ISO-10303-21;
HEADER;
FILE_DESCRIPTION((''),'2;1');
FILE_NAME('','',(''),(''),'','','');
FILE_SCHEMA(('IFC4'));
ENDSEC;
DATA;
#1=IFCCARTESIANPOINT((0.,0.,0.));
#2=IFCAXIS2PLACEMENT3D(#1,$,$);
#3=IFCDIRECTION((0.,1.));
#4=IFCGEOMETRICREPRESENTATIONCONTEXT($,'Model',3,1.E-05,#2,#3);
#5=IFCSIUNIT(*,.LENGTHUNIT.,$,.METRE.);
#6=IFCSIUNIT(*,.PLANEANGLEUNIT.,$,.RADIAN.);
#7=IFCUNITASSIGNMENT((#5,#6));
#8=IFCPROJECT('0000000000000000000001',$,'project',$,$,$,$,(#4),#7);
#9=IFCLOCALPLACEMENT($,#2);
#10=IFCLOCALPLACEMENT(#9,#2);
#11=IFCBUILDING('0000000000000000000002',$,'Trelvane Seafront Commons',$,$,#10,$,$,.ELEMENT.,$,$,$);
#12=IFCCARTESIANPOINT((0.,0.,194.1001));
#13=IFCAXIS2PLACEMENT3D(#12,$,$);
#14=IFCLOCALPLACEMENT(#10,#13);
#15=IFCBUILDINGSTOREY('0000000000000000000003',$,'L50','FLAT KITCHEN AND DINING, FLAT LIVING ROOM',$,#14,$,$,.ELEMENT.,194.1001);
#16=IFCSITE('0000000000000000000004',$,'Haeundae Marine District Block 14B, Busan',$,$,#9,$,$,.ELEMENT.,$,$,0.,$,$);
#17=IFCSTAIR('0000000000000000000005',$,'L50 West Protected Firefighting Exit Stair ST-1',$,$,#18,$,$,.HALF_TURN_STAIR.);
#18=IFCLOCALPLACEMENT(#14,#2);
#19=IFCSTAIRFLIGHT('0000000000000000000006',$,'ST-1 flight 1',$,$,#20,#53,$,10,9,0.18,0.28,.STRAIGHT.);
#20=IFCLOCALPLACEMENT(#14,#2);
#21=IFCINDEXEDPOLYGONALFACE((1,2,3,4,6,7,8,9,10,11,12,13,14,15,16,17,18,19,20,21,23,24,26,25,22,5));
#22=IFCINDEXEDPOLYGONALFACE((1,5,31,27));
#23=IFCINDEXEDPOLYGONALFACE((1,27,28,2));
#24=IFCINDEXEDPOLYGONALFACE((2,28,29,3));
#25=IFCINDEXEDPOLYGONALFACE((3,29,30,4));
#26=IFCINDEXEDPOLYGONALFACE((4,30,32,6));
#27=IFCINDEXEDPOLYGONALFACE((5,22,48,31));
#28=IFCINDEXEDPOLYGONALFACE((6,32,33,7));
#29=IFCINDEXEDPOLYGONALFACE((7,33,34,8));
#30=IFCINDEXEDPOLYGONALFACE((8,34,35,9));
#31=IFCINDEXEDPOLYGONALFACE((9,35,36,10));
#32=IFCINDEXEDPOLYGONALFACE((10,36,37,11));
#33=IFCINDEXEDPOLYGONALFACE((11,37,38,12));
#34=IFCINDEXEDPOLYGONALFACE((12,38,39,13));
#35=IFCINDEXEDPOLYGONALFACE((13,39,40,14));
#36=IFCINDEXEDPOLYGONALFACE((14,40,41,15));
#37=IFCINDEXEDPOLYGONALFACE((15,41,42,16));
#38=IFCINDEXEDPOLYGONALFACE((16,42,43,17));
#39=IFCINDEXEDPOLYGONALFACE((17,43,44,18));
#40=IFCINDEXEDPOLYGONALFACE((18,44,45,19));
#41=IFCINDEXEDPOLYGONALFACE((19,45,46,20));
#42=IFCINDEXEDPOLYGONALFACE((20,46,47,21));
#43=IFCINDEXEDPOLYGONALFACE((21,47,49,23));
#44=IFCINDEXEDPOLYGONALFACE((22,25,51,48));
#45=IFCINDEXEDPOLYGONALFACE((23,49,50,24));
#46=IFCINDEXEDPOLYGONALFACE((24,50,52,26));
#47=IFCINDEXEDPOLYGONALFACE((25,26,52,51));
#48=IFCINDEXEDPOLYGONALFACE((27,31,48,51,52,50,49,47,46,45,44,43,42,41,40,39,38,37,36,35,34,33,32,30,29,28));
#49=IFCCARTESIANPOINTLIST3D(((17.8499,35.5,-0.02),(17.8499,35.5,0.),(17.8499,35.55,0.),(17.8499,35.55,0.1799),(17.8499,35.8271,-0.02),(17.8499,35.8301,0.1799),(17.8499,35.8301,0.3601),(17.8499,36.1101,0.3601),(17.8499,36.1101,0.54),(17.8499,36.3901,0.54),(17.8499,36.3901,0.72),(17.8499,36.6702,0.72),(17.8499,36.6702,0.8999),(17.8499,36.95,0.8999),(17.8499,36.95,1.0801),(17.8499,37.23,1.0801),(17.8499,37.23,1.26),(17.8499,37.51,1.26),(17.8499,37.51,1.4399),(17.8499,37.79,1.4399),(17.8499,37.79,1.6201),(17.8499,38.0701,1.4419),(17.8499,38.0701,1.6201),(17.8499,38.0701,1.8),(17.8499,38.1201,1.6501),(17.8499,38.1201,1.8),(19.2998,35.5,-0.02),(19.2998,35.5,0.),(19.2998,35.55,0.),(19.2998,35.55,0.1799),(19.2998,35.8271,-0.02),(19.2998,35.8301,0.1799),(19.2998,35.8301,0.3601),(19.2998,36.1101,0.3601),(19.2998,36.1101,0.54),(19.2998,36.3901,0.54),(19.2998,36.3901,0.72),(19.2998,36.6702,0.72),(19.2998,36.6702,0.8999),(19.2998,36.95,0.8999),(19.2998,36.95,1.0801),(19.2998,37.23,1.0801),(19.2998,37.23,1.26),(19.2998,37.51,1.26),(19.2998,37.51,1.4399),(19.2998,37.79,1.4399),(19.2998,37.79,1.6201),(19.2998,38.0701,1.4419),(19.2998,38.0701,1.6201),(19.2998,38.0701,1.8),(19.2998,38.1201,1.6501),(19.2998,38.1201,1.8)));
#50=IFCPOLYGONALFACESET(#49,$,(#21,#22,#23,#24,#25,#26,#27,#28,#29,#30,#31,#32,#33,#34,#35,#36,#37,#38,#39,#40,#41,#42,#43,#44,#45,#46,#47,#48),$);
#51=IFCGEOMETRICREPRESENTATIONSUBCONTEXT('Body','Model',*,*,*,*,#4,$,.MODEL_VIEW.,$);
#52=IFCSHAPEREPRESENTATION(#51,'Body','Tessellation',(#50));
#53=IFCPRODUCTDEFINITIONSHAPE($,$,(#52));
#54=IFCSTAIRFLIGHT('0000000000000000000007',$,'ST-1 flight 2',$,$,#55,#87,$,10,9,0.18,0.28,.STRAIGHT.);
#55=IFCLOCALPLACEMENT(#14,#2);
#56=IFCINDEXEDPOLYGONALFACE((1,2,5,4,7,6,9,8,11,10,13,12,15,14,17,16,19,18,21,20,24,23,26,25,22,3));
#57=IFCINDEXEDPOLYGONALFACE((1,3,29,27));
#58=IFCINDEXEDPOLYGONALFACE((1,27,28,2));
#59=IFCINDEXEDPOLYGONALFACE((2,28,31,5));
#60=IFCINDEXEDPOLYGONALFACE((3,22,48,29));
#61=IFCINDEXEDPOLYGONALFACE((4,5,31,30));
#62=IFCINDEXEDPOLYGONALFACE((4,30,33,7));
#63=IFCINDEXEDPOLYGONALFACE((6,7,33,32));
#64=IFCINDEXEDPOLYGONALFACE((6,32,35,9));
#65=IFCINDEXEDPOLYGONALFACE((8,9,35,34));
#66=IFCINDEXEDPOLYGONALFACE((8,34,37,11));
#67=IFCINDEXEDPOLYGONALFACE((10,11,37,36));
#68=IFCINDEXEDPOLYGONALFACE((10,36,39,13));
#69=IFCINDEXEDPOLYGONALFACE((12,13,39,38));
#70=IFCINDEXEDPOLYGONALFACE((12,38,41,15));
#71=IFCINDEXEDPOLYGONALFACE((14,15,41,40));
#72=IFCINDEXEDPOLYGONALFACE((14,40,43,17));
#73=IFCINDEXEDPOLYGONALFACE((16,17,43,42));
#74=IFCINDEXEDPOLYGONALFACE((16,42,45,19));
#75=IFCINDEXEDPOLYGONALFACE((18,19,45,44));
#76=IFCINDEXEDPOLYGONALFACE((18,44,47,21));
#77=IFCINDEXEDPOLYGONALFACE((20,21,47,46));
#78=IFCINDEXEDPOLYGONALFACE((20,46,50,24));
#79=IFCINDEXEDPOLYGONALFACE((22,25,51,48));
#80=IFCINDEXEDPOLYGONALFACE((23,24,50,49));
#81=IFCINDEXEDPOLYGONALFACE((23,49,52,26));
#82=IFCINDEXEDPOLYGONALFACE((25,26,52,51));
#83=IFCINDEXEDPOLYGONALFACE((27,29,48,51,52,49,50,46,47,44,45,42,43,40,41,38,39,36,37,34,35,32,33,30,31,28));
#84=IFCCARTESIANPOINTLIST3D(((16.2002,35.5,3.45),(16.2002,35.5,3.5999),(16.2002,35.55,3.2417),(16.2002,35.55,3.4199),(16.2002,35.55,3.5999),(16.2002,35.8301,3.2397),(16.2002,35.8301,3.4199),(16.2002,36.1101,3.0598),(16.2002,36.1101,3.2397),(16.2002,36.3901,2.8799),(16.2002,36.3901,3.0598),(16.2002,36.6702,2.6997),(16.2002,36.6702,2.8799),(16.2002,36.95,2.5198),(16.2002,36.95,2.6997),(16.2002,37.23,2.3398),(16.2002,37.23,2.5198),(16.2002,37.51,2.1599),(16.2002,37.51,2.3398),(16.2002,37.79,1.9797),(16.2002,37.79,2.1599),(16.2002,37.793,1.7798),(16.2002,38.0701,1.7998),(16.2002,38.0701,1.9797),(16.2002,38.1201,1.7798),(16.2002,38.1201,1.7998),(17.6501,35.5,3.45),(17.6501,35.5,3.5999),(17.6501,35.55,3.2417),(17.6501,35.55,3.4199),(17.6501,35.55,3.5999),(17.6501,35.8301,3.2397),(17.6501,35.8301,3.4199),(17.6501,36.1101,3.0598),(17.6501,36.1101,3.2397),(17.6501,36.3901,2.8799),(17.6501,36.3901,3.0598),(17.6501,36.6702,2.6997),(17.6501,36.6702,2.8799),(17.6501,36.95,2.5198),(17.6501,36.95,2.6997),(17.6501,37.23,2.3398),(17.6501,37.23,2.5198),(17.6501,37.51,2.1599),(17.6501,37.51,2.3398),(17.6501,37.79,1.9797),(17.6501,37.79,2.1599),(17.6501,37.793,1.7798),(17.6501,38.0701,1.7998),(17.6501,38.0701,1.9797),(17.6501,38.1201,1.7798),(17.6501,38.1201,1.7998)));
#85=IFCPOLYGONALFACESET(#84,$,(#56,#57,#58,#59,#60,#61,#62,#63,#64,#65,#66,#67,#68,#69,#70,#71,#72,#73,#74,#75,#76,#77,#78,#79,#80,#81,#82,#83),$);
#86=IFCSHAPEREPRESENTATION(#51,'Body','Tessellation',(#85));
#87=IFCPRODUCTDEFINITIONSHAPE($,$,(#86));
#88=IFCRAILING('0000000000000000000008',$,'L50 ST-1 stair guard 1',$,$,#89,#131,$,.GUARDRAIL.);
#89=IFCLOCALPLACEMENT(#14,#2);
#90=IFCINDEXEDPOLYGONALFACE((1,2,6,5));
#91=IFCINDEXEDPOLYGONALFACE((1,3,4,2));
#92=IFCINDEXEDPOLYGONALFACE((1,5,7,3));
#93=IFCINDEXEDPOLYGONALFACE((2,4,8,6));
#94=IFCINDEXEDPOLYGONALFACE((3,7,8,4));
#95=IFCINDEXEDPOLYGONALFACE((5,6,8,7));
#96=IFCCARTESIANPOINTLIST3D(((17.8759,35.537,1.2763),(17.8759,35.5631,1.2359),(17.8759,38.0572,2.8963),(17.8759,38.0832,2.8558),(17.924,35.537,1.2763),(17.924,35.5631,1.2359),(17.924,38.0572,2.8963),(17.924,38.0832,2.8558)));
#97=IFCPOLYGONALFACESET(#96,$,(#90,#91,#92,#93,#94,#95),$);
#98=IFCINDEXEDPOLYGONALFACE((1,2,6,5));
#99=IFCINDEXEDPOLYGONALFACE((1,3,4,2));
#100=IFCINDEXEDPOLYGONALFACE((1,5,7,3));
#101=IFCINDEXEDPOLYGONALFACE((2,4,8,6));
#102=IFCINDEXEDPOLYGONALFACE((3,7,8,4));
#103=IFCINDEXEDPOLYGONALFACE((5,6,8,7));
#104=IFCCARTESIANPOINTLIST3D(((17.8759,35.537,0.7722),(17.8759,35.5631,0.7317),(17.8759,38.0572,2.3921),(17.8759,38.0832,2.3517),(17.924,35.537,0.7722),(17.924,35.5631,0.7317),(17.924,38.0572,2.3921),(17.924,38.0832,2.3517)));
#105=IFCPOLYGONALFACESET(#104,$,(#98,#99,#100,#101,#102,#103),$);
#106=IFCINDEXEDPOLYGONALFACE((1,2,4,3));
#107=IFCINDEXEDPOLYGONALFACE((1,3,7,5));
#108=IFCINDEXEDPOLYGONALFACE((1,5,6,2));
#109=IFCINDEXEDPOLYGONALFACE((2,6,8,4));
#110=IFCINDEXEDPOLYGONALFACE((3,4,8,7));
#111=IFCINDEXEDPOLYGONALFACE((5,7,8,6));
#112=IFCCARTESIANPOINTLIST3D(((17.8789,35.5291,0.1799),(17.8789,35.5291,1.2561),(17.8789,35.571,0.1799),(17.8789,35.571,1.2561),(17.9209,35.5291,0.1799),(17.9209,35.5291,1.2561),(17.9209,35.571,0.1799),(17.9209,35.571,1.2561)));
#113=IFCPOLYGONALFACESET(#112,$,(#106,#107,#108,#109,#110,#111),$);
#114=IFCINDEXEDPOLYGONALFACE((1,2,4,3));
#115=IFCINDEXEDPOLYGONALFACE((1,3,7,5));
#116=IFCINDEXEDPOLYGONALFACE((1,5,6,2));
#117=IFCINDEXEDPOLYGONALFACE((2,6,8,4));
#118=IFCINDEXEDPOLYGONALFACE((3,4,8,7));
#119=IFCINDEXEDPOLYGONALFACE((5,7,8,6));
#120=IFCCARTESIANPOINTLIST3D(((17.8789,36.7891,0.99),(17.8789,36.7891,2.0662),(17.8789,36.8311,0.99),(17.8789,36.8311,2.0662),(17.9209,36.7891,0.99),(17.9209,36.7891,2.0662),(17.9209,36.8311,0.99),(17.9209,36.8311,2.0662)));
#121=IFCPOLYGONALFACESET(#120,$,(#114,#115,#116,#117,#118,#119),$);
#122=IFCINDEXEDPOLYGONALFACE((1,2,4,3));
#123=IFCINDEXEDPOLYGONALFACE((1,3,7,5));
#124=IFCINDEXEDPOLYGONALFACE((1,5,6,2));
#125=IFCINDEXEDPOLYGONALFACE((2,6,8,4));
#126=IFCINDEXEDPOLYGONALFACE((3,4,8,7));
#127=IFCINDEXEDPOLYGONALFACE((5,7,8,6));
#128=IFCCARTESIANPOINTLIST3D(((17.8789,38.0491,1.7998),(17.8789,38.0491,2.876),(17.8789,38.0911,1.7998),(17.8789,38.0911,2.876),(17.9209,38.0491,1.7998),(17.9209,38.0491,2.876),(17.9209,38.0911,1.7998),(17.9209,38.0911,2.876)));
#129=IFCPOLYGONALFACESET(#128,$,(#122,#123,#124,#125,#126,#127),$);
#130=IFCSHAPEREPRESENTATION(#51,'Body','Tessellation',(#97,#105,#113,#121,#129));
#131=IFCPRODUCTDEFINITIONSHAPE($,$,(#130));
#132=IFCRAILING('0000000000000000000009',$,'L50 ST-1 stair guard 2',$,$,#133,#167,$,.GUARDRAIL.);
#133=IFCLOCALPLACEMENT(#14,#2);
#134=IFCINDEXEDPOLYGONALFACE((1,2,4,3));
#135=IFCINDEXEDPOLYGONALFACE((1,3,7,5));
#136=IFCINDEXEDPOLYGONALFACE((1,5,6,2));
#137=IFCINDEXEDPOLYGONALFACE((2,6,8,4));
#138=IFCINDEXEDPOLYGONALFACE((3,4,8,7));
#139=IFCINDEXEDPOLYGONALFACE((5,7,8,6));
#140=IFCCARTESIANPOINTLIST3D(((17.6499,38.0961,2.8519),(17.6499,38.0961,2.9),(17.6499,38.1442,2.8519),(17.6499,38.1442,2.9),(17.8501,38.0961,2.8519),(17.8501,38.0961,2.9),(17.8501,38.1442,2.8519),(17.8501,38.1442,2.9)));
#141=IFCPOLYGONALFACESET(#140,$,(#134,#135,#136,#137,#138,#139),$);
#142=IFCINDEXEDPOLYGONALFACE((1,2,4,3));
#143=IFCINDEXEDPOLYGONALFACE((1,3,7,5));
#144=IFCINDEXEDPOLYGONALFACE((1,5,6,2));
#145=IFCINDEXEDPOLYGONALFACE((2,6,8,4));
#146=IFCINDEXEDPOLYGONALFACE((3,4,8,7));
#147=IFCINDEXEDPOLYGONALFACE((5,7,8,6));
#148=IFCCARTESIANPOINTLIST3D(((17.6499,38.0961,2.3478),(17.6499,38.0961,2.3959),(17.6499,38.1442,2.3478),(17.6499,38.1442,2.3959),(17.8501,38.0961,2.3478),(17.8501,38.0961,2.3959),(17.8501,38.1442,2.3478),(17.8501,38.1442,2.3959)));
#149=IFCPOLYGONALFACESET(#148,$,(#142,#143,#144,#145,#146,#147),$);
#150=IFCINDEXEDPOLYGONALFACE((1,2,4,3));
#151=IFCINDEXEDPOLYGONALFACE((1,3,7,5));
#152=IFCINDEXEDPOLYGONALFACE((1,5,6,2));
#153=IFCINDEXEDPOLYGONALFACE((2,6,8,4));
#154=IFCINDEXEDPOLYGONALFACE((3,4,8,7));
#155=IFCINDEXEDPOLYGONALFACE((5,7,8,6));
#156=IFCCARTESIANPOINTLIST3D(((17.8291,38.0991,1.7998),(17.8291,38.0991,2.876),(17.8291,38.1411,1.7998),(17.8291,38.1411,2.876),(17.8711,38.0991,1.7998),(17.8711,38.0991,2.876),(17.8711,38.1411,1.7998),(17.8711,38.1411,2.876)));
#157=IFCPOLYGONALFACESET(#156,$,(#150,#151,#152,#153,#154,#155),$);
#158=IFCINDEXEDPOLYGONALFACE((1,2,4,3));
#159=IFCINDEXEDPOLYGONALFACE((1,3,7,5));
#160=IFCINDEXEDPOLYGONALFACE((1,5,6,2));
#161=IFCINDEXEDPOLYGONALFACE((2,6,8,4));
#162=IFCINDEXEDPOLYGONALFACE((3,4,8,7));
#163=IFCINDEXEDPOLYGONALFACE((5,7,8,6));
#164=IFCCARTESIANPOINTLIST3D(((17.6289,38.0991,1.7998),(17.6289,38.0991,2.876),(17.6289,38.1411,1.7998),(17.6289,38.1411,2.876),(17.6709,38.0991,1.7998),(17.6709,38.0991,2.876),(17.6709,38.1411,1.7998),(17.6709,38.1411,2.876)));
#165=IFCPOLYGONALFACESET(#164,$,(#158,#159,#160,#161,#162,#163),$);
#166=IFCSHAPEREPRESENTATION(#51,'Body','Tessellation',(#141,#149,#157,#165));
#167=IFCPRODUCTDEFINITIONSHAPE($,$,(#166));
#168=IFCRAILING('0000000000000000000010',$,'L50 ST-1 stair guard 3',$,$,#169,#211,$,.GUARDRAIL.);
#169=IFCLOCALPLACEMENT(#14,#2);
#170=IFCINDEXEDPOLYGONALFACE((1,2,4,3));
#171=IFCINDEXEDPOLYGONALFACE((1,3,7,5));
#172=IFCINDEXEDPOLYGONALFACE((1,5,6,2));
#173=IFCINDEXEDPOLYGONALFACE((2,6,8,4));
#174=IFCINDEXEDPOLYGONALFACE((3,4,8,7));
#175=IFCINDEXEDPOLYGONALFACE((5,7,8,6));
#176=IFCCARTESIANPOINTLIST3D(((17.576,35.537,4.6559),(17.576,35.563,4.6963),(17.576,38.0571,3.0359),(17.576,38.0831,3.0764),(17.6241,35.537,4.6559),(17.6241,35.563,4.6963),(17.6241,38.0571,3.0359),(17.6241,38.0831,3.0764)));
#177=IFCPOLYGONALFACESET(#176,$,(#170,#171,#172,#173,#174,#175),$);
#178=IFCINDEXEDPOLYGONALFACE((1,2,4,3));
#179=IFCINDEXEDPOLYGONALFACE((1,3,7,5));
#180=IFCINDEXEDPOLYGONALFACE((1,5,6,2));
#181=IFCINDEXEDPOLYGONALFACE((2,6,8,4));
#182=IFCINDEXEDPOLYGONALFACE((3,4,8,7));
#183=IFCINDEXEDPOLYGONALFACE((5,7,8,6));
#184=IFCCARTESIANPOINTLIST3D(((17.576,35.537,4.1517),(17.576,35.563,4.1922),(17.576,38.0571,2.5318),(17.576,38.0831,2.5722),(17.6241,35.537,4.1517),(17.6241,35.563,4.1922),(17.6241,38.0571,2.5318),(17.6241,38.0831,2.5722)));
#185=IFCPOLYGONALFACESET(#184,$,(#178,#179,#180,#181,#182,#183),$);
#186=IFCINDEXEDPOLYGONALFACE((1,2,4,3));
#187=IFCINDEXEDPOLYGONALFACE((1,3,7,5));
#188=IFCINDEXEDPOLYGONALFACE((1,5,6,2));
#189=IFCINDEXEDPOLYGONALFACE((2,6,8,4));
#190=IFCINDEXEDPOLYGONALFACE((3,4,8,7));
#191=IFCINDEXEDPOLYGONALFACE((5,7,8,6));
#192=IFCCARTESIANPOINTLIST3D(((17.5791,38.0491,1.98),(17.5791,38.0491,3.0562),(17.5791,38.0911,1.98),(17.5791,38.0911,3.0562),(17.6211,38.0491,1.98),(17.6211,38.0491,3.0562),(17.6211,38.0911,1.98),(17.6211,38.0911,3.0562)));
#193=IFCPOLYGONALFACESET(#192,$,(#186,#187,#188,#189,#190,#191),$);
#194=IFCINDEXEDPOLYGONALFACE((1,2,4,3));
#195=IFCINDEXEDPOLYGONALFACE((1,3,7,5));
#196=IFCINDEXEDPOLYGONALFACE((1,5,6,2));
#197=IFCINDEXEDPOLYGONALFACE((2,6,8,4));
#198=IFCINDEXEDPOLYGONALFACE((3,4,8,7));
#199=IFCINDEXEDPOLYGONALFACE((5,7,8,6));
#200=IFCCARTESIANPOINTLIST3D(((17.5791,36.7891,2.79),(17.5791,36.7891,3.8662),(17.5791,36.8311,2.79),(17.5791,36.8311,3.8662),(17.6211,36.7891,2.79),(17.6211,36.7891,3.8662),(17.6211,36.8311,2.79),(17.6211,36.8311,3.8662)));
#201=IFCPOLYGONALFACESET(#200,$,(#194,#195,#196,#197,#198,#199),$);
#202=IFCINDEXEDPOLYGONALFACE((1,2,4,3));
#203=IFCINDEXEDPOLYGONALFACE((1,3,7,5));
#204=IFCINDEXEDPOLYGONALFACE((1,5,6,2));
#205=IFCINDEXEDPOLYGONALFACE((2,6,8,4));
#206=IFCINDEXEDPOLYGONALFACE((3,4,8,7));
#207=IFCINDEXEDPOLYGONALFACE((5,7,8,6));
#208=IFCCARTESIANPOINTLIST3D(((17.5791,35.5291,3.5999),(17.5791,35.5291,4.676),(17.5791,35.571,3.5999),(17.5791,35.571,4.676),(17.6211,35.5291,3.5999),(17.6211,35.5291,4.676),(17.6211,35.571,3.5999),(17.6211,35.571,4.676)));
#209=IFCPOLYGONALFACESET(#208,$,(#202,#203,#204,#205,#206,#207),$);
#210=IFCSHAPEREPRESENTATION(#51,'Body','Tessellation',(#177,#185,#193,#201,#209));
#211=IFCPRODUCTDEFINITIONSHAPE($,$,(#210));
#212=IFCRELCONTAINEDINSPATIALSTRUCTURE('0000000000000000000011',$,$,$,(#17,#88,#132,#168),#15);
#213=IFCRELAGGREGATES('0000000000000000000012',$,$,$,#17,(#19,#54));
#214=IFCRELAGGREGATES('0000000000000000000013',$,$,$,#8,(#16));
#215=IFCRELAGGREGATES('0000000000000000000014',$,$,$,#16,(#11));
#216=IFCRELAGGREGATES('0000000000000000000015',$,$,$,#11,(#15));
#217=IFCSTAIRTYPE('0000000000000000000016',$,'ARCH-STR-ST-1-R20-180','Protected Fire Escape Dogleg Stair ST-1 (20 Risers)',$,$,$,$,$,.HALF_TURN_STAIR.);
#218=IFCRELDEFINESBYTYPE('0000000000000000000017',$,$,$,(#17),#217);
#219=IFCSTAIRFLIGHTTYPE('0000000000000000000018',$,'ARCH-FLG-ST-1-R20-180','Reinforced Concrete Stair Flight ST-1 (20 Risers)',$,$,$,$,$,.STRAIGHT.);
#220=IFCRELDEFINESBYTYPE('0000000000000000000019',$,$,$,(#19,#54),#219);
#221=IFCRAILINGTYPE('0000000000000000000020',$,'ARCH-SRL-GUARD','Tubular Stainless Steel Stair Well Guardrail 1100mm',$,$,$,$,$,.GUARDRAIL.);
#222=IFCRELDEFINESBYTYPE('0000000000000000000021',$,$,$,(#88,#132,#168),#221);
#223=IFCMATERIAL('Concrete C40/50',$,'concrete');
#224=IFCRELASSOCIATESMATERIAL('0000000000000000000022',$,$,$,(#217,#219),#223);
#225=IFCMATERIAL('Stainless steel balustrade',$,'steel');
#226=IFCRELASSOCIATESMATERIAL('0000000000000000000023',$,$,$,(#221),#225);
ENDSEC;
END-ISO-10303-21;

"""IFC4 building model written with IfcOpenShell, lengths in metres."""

from ifc_helpers import new_model, si_unit, direction, frame, origin, origin_2d, place, context, subcontext, project, spatial, polyline, rectangle, outline, extrude, source, transform, mapped, material, type_object, element, aggregate, save


model = new_model("IFC4")

# Units and contexts
model_context = context("Model", 3, precision=1e-05, world=origin(), true_north=direction((0.0, 1.0)))
body_context = subcontext(model_context, "Body", "Model", "MODEL_VIEW")
ifc_project = project(units=[si_unit("LENGTHUNIT", "METRE"), si_unit("PLANEANGLEUNIT", "RADIAN")], contexts=[model_context])

# Site, building, storey
site_placement = place(None, origin())
site = spatial("IfcSite", under=ifc_project, at=site_placement, Name="Haeundae Marine District Block 14B, Busan", CompositionType="ELEMENT", RefElevation=0.0)
building_placement = place(site_placement, origin())
building = spatial("IfcBuilding", under=site, at=building_placement, Name="Trelvane Seafront Commons", CompositionType="ELEMENT")
storey_placement = place(building_placement, frame((0.0, 0.0, 194.1001)))
storey = spatial("IfcBuildingStorey", under=building, at=storey_placement, Name="L50", Description="FLAT KITCHEN AND DINING, FLAT LIVING ROOM", CompositionType="ELEMENT", Elevation=194.1001)

# Shared definitions
ifc_material_1 = material(Name="Concrete C40/50", Category="concrete")

# Shared definitions
ifc_material_2 = material(Name="Stainless steel balustrade", Category="steel")

# Stair, stair flights
stair_type = type_object("IfcStairType", Name="ARCH-STR-ST-1-R20-180", Description="Protected Fire Escape Dogleg Stair ST-1 (20 Risers)", PredefinedType="HALF_TURN_STAIR", material=ifc_material_1)
stair_placement = place(storey_placement, origin())
stair = element("IfcStair", 1, at=stair_placement, inside=storey, type_object=stair_type, Name="L50 West Protected Firefighting Exit Stair ST-1", PredefinedType="HALF_TURN_STAIR")
stair_flight_type = type_object("IfcStairFlightType", Name="ARCH-FLG-ST-1-R20-180", Description="Reinforced Concrete Stair Flight ST-1 (20 Risers)", PredefinedType="STRAIGHT", material=ifc_material_1)
shared_shape_1 = source(origin(), body_context, "Body", "SweptSolid", [
    extrude(outline(polyline([(-0.05, -0.02), (-0.05, 0.0), (0.0, 0.0), (0.0, 0.1799), (0.28, 0.1799), (0.28, 0.3601), (0.5601, 0.3601), (0.5601, 0.54), (0.8401, 0.54), (0.8401, 0.72), (1.1201, 0.72), (1.1201, 0.8999), (1.3999, 0.8999), (1.3999, 1.0801), (1.6799, 1.0801), (1.6799, 1.26), (1.96, 1.26), (1.96, 1.4399), (2.24, 1.4399), (2.24, 1.6201), (2.52, 1.6201), (2.52, 1.8), (2.5701, 1.8), (2.5701, 1.6501), (2.52, 1.4419), (0.2771, -0.02), (-0.05, -0.02)])), frame((0.0, 0.7251, 0.0), z_axis=(0.0, -1.0, 0.0), x_axis=(1.0, 0.0, 0.0)), (0.0, 0.0, 1.0), 1.45),
])
stair_flight_1_placement = place(storey_placement, frame((18.575, 35.55, 0.0), z_axis=(0.0, 0.0, 1.0), x_axis=(0.0, 1.0, 0.0)))
stair_flight_1 = element("IfcStairFlight", 2, at=stair_flight_1_placement, type_object=stair_flight_type, Name="ST-1 flight 1", NumberOfRisers=10, NumberOfTreads=9, PredefinedType="STRAIGHT", RiserHeight=0.18, TreadLength=0.28, context=body_context, shape_type="MappedRepresentation", body=[
    mapped(shared_shape_1, transform((0.0, 0.0, 0.0), x_axis=(1.0, 0.0, 0.0), y_axis=(0.0, 1.0, 0.0), z_axis=(0.0, 0.0, 1.0), scale=1.0)),
])
stair_flight_2_placement = place(storey_placement, frame((16.925, 38.0701, 1.7998), z_axis=(0.0, 0.0, 1.0), x_axis=(0.0, -1.0, 0.0)))
stair_flight_2 = element("IfcStairFlight", 3, at=stair_flight_2_placement, type_object=stair_flight_type, Name="ST-1 flight 2", NumberOfRisers=10, NumberOfTreads=9, PredefinedType="STRAIGHT", RiserHeight=0.18, TreadLength=0.28, context=body_context, shape_type="MappedRepresentation", body=[
    mapped(shared_shape_1, transform((0.0, 0.0, 0.0), x_axis=(1.0, 0.0, 0.0), y_axis=(0.0, 1.0, 0.0), z_axis=(0.0, 0.0, 1.0), scale=1.0)),
])
aggregate(stair, [stair_flight_1, stair_flight_2])

# Railings
railing_type_1 = type_object("IfcRailingType", Name="ARCH-SRL-GUARD", Description="Tubular Stainless Steel Stair Well Guardrail 1100mm", PredefinedType="GUARDRAIL", material=ifc_material_2)
railing_1_placement = place(storey_placement, frame((17.8999, 35.55, 0.1799)))
element("IfcRailing", 4, at=railing_1_placement, inside=storey, type_object=railing_type_1, Name="L50 ST-1 stair guard 1", PredefinedType="GUARDRAIL", context=body_context, shape_type="SweptSolid", body=[
    extrude(rectangle(XDim=0.0481, YDim=0.0481, at=origin_2d()), frame((0.0, 0.0, 1.0762), z_axis=(0.0, 0.8412, 0.540725), x_axis=(-1.0, 0.0, 0.0)), (0.0, 0.0, 1.0), 2.9958),
    extrude(rectangle(XDim=0.0481, YDim=0.0481, at=origin_2d()), frame((0.0, 0.0, 0.572), z_axis=(0.0, 0.8412, 0.540725), x_axis=(-1.0, 0.0, 0.0)), (0.0, 0.0, 1.0), 2.9958),
    extrude(rectangle(XDim=0.042, YDim=0.042, at=origin_2d()), origin(), (0.0, 0.0, 1.0), 1.0762),
    extrude(rectangle(XDim=0.042, YDim=0.042, at=origin_2d()), frame((0.0, 1.26, 0.8101)), (0.0, 0.0, 1.0), 1.0762),
    extrude(rectangle(XDim=0.042, YDim=0.042, at=origin_2d()), frame((0.0, 2.52, 1.6199)), (0.0, 0.0, 1.0), 1.0762),
])
railing_2_placement = place(storey_placement, frame((17.8501, 38.1201, 1.7998)))
element("IfcRailing", 5, at=railing_2_placement, inside=storey, type_object=railing_type_1, Name="L50 ST-1 stair guard 2", PredefinedType="GUARDRAIL", context=body_context, shape_type="SweptSolid", body=[
    extrude(rectangle(XDim=0.0481, YDim=0.0481, at=origin_2d()), frame((0.0, 0.0, 1.0762), z_axis=(-1.0, 0.0, 0.0), x_axis=(0.0, -1.0, 0.0)), (0.0, 0.0, 1.0), 0.2002),
    extrude(rectangle(XDim=0.0481, YDim=0.0481, at=origin_2d()), frame((0.0, 0.0, 0.572), z_axis=(-1.0, 0.0, 0.0), x_axis=(0.0, -1.0, 0.0)), (0.0, 0.0, 1.0), 0.2002),
    extrude(rectangle(XDim=0.042, YDim=0.042, at=origin_2d()), origin(), (0.0, 0.0, 1.0), 1.0762),
    extrude(rectangle(XDim=0.042, YDim=0.042, at=origin_2d()), frame((-0.2002, 0.0, 0.0)), (0.0, 0.0, 1.0), 1.0762),
])
railing_3_placement = place(storey_placement, frame((17.6001, 38.0701, 1.98)))
element("IfcRailing", 6, at=railing_3_placement, inside=storey, type_object=railing_type_1, Name="L50 ST-1 stair guard 3", PredefinedType="GUARDRAIL", context=body_context, shape_type="SweptSolid", body=[
    extrude(rectangle(XDim=0.0481, YDim=0.0481, at=origin_2d()), frame((0.0, 0.0, 1.0762), z_axis=(0.0, -0.8412, 0.540725), x_axis=(1.0, 0.0, 0.0)), (0.0, 0.0, 1.0), 2.9958),
    extrude(rectangle(XDim=0.0481, YDim=0.0481, at=origin_2d()), frame((0.0, 0.0, 0.572), z_axis=(0.0, -0.8412, 0.540725), x_axis=(1.0, 0.0, 0.0)), (0.0, 0.0, 1.0), 2.9958),
    extrude(rectangle(XDim=0.042, YDim=0.042, at=origin_2d()), origin(), (0.0, 0.0, 1.0), 1.0762),
    extrude(rectangle(XDim=0.042, YDim=0.042, at=origin_2d()), frame((0.0, -1.26, 0.8101)), (0.0, 0.0, 1.0), 1.0762),
    extrude(rectangle(XDim=0.042, YDim=0.042, at=origin_2d()), frame((0.0, -2.52, 1.6199)), (0.0, 0.0, 1.0), 1.0762),
])

save(model, "model.ifc")
